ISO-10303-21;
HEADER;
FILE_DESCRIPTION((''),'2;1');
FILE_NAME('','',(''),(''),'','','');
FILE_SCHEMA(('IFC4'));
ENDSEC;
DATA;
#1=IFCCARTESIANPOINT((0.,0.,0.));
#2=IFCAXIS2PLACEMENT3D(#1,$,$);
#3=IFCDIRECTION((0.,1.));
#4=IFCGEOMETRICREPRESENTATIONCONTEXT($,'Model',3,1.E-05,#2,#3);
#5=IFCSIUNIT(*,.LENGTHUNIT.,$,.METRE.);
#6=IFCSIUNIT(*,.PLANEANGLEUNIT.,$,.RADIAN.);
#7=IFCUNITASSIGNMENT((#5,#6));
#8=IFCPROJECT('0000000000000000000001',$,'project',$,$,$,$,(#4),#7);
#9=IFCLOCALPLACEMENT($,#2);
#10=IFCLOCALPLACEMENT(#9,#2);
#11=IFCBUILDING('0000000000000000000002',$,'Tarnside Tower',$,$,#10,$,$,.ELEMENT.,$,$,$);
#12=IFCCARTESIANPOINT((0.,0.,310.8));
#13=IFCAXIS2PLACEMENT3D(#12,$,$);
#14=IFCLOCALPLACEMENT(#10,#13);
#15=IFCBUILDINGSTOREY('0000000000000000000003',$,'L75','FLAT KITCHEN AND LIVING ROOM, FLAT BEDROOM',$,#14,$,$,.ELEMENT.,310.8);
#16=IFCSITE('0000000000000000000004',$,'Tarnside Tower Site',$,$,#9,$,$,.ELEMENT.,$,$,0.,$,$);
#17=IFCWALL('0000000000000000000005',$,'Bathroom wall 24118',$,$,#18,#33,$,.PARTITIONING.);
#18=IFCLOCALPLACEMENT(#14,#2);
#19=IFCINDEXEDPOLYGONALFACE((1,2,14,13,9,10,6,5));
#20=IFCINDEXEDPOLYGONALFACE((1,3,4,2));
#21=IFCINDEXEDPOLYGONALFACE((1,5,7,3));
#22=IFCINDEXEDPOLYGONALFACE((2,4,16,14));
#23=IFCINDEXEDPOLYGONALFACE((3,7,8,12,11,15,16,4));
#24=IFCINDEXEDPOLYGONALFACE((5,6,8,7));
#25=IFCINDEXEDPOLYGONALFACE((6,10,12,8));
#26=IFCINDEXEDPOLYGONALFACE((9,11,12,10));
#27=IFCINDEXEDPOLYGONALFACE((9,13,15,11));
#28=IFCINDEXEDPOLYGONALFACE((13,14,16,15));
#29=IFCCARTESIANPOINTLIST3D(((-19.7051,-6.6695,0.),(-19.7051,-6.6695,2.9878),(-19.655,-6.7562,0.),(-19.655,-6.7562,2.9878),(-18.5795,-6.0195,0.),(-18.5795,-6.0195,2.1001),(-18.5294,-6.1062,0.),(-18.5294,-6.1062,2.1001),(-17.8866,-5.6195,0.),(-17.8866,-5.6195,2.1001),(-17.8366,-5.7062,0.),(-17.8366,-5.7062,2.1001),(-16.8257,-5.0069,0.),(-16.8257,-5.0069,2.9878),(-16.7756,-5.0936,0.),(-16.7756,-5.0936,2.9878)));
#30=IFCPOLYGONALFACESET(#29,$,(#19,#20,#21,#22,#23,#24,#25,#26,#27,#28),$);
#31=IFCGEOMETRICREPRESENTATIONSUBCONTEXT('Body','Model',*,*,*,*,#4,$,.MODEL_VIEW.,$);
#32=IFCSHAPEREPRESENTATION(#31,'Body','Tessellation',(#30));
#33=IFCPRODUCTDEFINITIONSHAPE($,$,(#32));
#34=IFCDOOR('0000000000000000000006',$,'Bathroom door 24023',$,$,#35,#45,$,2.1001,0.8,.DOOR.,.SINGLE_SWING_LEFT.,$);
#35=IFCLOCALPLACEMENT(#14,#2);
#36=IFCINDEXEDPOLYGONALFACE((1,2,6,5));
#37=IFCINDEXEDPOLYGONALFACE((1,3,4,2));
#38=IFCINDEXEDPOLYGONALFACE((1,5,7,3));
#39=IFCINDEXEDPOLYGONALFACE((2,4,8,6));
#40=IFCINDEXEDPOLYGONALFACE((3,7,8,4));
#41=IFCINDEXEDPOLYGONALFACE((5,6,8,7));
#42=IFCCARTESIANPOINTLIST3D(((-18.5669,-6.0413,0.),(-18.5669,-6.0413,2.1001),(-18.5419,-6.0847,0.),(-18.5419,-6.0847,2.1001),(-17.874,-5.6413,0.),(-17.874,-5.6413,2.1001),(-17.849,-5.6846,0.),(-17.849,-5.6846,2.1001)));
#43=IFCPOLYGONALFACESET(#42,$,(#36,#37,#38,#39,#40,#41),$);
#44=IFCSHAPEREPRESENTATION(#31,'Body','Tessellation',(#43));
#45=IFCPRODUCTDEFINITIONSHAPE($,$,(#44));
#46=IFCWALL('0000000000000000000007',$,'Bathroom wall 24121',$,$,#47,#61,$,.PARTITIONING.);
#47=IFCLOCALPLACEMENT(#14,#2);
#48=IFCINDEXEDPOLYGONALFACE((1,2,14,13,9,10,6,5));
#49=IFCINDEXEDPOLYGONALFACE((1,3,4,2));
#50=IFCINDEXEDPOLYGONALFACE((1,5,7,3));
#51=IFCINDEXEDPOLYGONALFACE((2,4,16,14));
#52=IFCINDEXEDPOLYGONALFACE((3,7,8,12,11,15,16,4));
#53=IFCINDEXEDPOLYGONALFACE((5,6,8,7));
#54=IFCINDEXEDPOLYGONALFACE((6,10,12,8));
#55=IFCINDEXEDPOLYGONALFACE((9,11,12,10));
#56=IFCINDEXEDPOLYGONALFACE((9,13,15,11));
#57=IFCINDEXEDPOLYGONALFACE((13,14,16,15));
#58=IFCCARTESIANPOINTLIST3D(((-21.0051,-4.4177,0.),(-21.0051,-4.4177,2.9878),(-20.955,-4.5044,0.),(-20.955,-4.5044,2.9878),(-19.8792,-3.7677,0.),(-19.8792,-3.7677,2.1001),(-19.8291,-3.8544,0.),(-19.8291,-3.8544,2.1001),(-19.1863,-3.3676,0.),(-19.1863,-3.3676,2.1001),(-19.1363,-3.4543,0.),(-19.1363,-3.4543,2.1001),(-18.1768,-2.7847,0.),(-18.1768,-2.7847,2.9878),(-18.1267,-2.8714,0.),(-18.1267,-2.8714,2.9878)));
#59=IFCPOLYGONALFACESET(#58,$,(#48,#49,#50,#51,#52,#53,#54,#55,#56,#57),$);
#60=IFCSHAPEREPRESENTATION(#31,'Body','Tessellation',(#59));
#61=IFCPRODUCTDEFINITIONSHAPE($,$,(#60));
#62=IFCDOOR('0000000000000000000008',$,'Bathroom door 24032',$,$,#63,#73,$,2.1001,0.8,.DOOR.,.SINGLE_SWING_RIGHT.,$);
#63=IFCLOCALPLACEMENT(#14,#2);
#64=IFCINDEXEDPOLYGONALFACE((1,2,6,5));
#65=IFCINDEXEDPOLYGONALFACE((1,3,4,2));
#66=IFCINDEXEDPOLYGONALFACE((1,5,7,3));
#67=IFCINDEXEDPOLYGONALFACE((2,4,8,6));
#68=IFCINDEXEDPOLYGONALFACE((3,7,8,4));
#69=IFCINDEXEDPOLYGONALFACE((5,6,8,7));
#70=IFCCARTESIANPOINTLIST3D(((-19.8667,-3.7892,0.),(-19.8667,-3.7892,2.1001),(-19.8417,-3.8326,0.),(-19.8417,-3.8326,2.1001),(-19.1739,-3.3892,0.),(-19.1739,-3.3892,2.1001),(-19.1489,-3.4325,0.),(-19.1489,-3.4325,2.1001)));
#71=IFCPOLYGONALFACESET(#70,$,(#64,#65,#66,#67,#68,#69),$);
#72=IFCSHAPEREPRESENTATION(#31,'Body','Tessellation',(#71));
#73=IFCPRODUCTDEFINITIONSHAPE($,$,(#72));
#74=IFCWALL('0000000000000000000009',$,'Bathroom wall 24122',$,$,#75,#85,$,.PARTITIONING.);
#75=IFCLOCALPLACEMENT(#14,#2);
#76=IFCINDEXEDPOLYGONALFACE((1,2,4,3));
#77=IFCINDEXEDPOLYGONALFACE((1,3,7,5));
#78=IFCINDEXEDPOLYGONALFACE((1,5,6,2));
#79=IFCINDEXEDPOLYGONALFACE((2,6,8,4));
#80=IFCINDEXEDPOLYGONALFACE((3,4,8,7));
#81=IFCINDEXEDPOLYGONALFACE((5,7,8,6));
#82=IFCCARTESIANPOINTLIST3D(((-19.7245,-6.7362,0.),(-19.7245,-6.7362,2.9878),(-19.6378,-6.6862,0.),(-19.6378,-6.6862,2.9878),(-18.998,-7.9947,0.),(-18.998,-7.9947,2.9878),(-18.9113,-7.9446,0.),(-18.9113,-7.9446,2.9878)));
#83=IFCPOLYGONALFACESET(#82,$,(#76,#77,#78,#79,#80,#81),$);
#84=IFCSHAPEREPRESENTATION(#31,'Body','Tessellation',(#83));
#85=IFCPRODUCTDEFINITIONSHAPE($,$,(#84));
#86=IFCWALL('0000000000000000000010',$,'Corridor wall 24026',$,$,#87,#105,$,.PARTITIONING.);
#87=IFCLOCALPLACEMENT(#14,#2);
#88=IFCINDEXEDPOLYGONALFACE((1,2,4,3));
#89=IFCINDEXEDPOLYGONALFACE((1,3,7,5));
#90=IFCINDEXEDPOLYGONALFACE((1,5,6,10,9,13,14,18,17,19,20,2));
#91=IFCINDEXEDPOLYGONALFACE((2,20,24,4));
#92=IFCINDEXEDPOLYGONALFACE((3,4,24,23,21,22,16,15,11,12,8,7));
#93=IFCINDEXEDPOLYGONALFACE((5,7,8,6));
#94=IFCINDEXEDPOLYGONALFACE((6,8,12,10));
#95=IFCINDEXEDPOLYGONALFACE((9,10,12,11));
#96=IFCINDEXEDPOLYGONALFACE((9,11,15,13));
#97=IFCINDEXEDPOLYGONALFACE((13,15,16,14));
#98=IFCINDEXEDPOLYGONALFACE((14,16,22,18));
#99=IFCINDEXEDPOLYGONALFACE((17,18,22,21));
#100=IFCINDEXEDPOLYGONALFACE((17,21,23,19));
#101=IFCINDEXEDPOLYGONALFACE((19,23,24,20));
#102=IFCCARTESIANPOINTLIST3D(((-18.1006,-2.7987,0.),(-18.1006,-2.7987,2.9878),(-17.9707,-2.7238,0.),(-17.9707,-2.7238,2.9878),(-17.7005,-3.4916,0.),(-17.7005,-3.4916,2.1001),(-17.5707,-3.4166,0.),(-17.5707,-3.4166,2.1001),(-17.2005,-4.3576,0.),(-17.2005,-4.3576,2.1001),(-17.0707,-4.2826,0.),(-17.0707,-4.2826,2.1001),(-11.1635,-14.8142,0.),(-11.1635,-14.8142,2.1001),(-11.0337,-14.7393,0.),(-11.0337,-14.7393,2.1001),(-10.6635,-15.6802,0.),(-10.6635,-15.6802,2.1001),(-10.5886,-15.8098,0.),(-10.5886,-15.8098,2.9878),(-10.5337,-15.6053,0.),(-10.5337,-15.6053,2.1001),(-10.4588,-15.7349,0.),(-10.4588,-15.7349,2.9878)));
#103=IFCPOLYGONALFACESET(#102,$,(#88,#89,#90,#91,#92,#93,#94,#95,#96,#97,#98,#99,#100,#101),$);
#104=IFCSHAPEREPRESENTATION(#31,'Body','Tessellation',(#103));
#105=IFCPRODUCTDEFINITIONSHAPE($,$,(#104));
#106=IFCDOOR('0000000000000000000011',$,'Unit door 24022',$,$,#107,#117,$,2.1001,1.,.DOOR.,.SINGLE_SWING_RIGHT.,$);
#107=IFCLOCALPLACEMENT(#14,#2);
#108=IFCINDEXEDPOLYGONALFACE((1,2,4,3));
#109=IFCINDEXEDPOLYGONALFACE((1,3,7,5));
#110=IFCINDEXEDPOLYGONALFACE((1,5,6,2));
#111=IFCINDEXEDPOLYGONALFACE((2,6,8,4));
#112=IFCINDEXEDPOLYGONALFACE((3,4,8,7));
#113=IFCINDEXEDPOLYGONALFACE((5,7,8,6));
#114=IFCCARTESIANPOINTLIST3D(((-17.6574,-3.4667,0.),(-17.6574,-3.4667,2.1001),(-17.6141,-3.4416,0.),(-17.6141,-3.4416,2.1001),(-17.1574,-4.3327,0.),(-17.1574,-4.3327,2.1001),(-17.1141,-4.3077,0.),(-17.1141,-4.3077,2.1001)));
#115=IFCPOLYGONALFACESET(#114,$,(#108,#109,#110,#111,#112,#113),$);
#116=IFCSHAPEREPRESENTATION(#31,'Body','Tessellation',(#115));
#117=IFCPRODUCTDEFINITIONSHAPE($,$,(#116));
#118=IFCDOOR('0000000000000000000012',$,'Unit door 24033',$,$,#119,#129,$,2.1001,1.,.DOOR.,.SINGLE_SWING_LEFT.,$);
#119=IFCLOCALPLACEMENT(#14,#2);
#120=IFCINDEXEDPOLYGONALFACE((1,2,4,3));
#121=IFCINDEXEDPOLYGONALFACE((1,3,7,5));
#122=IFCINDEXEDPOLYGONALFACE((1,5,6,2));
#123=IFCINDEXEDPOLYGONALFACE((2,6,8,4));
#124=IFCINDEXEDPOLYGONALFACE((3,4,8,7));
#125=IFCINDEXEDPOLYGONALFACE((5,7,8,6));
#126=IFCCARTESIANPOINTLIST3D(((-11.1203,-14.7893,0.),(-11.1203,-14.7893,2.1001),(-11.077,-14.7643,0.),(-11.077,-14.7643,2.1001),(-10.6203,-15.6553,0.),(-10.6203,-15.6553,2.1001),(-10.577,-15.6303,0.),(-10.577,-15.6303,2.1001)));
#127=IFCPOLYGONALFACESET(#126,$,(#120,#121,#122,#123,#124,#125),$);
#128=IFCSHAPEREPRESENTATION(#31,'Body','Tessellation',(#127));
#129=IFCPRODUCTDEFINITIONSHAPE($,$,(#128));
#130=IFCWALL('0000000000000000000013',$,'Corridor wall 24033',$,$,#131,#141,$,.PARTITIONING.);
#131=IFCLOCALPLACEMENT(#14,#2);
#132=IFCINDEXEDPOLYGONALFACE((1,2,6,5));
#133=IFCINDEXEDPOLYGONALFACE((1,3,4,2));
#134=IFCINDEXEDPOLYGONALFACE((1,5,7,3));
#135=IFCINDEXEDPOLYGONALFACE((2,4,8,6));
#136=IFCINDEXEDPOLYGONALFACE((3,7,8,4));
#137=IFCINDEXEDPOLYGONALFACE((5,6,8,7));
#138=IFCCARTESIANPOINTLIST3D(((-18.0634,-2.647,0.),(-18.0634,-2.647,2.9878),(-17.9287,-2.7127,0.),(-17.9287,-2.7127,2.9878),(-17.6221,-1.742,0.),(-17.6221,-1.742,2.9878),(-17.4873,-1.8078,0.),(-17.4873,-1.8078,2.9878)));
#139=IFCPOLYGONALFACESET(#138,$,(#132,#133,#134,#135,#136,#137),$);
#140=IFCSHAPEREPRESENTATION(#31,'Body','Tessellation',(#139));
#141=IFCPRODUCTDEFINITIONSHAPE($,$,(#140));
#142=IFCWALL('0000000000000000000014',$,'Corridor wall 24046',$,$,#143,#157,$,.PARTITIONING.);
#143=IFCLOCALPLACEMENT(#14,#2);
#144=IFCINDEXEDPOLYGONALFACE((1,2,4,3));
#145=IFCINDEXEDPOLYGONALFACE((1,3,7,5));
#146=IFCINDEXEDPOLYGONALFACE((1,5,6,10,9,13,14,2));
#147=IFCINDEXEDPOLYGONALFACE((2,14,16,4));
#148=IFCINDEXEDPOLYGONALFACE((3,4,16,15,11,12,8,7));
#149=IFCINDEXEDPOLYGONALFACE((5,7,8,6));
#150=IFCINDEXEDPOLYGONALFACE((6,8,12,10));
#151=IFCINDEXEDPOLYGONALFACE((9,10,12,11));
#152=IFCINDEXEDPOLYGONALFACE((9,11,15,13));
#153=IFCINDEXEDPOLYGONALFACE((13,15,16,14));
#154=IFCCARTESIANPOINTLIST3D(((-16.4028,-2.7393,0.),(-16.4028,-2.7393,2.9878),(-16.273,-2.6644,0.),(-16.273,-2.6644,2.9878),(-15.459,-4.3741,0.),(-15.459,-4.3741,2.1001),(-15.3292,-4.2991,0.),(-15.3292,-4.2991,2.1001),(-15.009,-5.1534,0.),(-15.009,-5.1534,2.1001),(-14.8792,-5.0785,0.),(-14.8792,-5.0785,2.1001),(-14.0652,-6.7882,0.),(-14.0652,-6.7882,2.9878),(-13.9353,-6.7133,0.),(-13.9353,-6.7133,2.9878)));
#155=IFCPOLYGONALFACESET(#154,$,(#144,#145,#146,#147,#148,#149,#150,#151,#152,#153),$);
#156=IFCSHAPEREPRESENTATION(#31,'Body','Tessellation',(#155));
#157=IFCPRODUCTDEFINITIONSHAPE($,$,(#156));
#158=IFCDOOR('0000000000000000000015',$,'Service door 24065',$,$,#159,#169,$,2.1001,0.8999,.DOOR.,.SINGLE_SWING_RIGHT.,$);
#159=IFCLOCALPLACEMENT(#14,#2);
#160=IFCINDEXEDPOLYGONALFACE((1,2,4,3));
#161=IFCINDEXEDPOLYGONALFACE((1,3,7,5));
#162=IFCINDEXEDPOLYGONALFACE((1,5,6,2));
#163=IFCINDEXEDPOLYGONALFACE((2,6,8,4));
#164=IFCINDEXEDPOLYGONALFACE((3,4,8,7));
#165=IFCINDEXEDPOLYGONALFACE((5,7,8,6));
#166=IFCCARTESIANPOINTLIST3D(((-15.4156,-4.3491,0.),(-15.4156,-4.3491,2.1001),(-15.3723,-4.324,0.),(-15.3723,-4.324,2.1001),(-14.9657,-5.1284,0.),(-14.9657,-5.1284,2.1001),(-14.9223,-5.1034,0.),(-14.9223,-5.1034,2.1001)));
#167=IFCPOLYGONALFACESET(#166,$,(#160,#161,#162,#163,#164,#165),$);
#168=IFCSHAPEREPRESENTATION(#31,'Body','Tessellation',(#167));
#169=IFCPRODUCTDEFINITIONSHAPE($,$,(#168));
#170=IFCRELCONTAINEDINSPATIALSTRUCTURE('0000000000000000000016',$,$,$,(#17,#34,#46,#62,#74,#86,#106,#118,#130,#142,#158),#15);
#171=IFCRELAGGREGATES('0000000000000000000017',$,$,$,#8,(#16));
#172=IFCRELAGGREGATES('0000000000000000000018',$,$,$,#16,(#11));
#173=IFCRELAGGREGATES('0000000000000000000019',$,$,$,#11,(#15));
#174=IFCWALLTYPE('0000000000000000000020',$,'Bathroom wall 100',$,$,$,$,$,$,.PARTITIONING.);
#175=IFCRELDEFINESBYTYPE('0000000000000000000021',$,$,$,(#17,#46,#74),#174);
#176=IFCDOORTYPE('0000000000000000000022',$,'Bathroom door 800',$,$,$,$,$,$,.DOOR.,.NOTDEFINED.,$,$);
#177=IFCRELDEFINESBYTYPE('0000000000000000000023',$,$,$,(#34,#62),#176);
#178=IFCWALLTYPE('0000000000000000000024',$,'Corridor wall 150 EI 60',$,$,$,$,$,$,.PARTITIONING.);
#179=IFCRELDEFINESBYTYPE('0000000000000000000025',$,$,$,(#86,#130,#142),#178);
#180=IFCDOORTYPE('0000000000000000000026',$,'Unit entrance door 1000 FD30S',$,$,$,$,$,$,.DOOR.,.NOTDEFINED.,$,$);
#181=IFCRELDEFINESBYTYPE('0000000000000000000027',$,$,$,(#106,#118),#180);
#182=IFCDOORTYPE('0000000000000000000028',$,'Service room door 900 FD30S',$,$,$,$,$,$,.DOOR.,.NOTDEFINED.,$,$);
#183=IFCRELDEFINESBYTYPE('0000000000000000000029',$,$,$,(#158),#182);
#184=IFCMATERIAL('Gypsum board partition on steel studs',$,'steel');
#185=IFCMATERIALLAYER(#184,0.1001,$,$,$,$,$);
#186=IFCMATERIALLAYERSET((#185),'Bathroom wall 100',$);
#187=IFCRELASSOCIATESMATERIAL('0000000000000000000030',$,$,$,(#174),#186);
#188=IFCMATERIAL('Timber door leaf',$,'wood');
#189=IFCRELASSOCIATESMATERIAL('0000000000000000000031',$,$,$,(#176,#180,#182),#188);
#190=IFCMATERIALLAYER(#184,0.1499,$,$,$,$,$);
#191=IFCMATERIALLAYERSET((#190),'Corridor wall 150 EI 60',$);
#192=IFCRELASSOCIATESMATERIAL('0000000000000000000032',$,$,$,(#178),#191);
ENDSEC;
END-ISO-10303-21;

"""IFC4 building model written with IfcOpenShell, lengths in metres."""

from ifc_helpers import new_model, si_unit, direction, frame, frame_2d, origin, place, context, subcontext, project, spatial, rectangle, extrude, material, layer, layer_set, type_object, element, fill, save


model = new_model("IFC4")

# Units and contexts
model_context = context("Model", 3, precision=1e-05, world=origin(), true_north=direction((0.0, 1.0)))
body_context = subcontext(model_context, "Body", "Model", "MODEL_VIEW")
ifc_project = project(units=[si_unit("LENGTHUNIT", "METRE"), si_unit("PLANEANGLEUNIT", "RADIAN")], contexts=[model_context])

# Site, building, storey
site_placement = place(None, origin())
site = spatial("IfcSite", under=ifc_project, at=site_placement, Name="Tarnside Tower Site", CompositionType="ELEMENT", RefElevation=0.0)
building_placement = place(site_placement, origin())
building = spatial("IfcBuilding", under=site, at=building_placement, Name="Tarnside Tower", CompositionType="ELEMENT")
storey_placement = place(building_placement, frame((0.0, 0.0, 310.8)))
storey = spatial("IfcBuildingStorey", under=building, at=storey_placement, Name="L75", Description="FLAT KITCHEN AND LIVING ROOM, FLAT BEDROOM", CompositionType="ELEMENT", Elevation=310.8)

# Walls, openings, doors
ifc_material_1 = material(Name="Gypsum board partition on steel studs", Category="steel")
ifc_layer_1 = layer(ifc_material_1, 0.1001)
ifc_layer_set_1 = layer_set([ifc_layer_1], Name="Bathroom wall 100")
wall_type_1 = type_object("IfcWallType", Name="Bathroom wall 100", PredefinedType="PARTITIONING", material=ifc_layer_set_1)
wall_1_placement = place(storey_placement, frame((-19.6802, -6.7129, 0.0), z_axis=(0.0, 0.0, 1.0), x_axis=(0.866002, 0.50004, 0.0)))
wall_1 = element("IfcWall", 1, at=wall_1_placement, inside=storey, type_object=wall_type_1, Name="Bathroom wall 24118", PredefinedType="PARTITIONING", context=body_context, shape_type="SweptSolid", body=[
    extrude(rectangle(XDim=3.325, YDim=0.1001, at=frame_2d((1.6626, 0.0))), origin(), (0.0, 0.0, 1.0), 2.9878),
])
opening_1_placement = place(wall_1_placement, frame((1.3, 0.0, 0.0)))
opening_1 = element("IfcOpeningElement", 2, at=opening_1_placement, cuts=wall_1, PredefinedType="OPENING", context=body_context, shape_type="SweptSolid", body=[
    extrude(rectangle(XDim=0.8, YDim=2.1001, at=frame_2d((0.3999, 1.05))), frame((0.0, 0.0601, 0.0), z_axis=(0.0, -1.0, 0.0), x_axis=(1.0, 0.0, 0.0)), (0.0, 0.0, 1.0), 0.1201),
])
ifc_material_2 = material(Name="Timber door leaf", Category="wood")
door_type_1 = type_object("IfcDoorType", Name="Bathroom door 800", OperationType="NOTDEFINED", PredefinedType="DOOR", material=ifc_material_2)
door_1_placement = place(opening_1_placement, origin())
door_1 = element("IfcDoor", 3, at=door_1_placement, inside=storey, type_object=door_type_1, Name="Bathroom door 24023", OperationType="SINGLE_SWING_LEFT", OverallHeight=2.1001, OverallWidth=0.8, PredefinedType="DOOR", context=body_context, shape_type="SweptSolid", body=[
    extrude(rectangle(XDim=0.8, YDim=2.1001, at=frame_2d((0.3999, 1.05))), frame((0.0, 0.0249, 0.0), z_axis=(0.0, -1.0, 0.0), x_axis=(1.0, 0.0, 0.0)), (0.0, 0.0, 1.0), 0.05),
])
fill(opening_1, door_1)
wall_2_placement = place(storey_placement, frame((-18.1519, -2.8281, 0.0), z_axis=(0.0, 0.0, 1.0), x_axis=(-0.866013, -0.500022, 0.0)))
wall_2 = element("IfcWall", 4, at=wall_2_placement, inside=storey, type_object=wall_type_1, Name="Bathroom wall 24121", PredefinedType="PARTITIONING", context=body_context, shape_type="SweptSolid", body=[
    extrude(rectangle(XDim=3.2659, YDim=0.1001, at=frame_2d((1.6328, 0.0))), origin(), (0.0, 0.0, 1.0), 2.9878),
])
opening_2_placement = place(wall_2_placement, frame((1.1658, 0.0, 0.0)))
opening_2 = element("IfcOpeningElement", 5, at=opening_2_placement, cuts=wall_2, PredefinedType="OPENING", context=body_context, shape_type="SweptSolid", body=[
    extrude(rectangle(XDim=0.8, YDim=2.1001, at=frame_2d((0.3999, 1.05))), frame((0.0, 0.0601, 0.0), z_axis=(0.0, -1.0, 0.0), x_axis=(1.0, 0.0, 0.0)), (0.0, 0.0, 1.0), 0.1201),
])
door_2_placement = place(opening_2_placement, origin())
door_2 = element("IfcDoor", 6, at=door_2_placement, inside=storey, type_object=door_type_1, Name="Bathroom door 24032", OperationType="SINGLE_SWING_RIGHT", OverallHeight=2.1001, OverallWidth=0.8, PredefinedType="DOOR", context=body_context, shape_type="SweptSolid", body=[
    extrude(rectangle(XDim=0.8, YDim=2.1001, at=frame_2d((0.3999, 1.05))), frame((0.0, 0.0249, 0.0), z_axis=(0.0, -1.0, 0.0), x_axis=(1.0, 0.0, 0.0)), (0.0, 0.0, 1.0), 0.05),
])
fill(opening_2, door_2)

# Wall
wall_3_placement = place(storey_placement, frame((-19.6812, -6.7112, 0.0), z_axis=(0.0, 0.0, 1.0), x_axis=(0.49997, -0.866043, 0.0)))
element("IfcWall", 7, at=wall_3_placement, inside=storey, type_object=wall_type_1, Name="Bathroom wall 24122", PredefinedType="PARTITIONING", context=body_context, shape_type="SweptSolid", body=[
    extrude(rectangle(XDim=1.4531, YDim=0.1001, at=frame_2d((0.7266, 0.0))), origin(), (0.0, 0.0, 1.0), 2.9878),
])

# Wall, openings, doors
ifc_layer_2 = layer(ifc_material_1, 0.1499)
ifc_layer_set_2 = layer_set([ifc_layer_2], Name="Corridor wall 150 EI 60")
wall_type_2 = type_object("IfcWallType", Name="Corridor wall 150 EI 60", PredefinedType="PARTITIONING", material=ifc_layer_set_2)
wall_4_placement = place(storey_placement, frame((-18.0356, -2.7612, 0.0), z_axis=(0.0, 0.0, 1.0), x_axis=(0.499996, -0.866028, 0.0)))
wall_4 = element("IfcWall", 8, at=wall_4_placement, inside=storey, type_object=wall_type_2, Name="Corridor wall 24026", PredefinedType="PARTITIONING", context=body_context, shape_type="SweptSolid", body=[
    extrude(rectangle(XDim=15.0239, YDim=0.1499, at=frame_2d((7.512, 0.0))), origin(), (0.0, 0.0, 1.0), 2.9878),
])
opening_3_placement = place(wall_4_placement, frame((0.8, 0.0, 0.0)))
opening_3 = element("IfcOpeningElement", 9, at=opening_3_placement, cuts=wall_4, PredefinedType="OPENING", context=body_context, shape_type="SweptSolid", body=[
    extrude(rectangle(XDim=1.0, YDim=2.1001, at=frame_2d((0.5, 1.05))), frame((0.0, 0.085, 0.0), z_axis=(0.0, -1.0, 0.0), x_axis=(1.0, 0.0, 0.0)), (0.0, 0.0, 1.0), 0.1699),
])
opening_4_placement = place(wall_4_placement, frame((13.8743, 0.0, 0.0)))
opening_4 = element("IfcOpeningElement", 10, at=opening_4_placement, cuts=wall_4, PredefinedType="OPENING", context=body_context, shape_type="SweptSolid", body=[
    extrude(rectangle(XDim=1.0, YDim=2.1001, at=frame_2d((0.5, 1.05))), frame((0.0, 0.085, 0.0), z_axis=(0.0, -1.0, 0.0), x_axis=(1.0, 0.0, 0.0)), (0.0, 0.0, 1.0), 0.1699),
])
door_type_2 = type_object("IfcDoorType", Name="Unit entrance door 1000 FD30S", OperationType="NOTDEFINED", PredefinedType="DOOR", material=ifc_material_2)
door_3_placement = place(opening_3_placement, origin())
door_3 = element("IfcDoor", 11, at=door_3_placement, inside=storey, type_object=door_type_2, Name="Unit door 24022", OperationType="SINGLE_SWING_RIGHT", OverallHeight=2.1001, OverallWidth=1.0, PredefinedType="DOOR", context=body_context, shape_type="SweptSolid", body=[
    extrude(rectangle(XDim=1.0, YDim=2.1001, at=frame_2d((0.5, 1.05))), frame((0.0, 0.0249, 0.0), z_axis=(0.0, -1.0, 0.0), x_axis=(1.0, 0.0, 0.0)), (0.0, 0.0, 1.0), 0.05),
])
fill(opening_3, door_3)
door_4_placement = place(opening_4_placement, origin())
door_4 = element("IfcDoor", 12, at=door_4_placement, inside=storey, type_object=door_type_2, Name="Unit door 24033", OperationType="SINGLE_SWING_LEFT", OverallHeight=2.1001, OverallWidth=1.0, PredefinedType="DOOR", context=body_context, shape_type="SweptSolid", body=[
    extrude(rectangle(XDim=1.0, YDim=2.1001, at=frame_2d((0.5, 1.05))), frame((0.0, 0.0249, 0.0), z_axis=(0.0, -1.0, 0.0), x_axis=(1.0, 0.0, 0.0)), (0.0, 0.0, 1.0), 0.05),
])
fill(opening_4, door_4)

# Wall
wall_5_placement = place(storey_placement, frame((-17.5547, -1.7749, 0.0), z_axis=(0.0, 0.0, 1.0), x_axis=(-0.438366, -0.898796, 0.0)))
element("IfcWall", 13, at=wall_5_placement, inside=storey, type_object=wall_type_2, Name="Corridor wall 24033", PredefinedType="PARTITIONING", context=body_context, shape_type="SweptSolid", body=[
    extrude(rectangle(XDim=1.0068, YDim=0.1499, at=frame_2d((0.5034, 0.0))), origin(), (0.0, 0.0, 1.0), 2.9878),
])

# Wall, opening, door
wall_6_placement = place(storey_placement, frame((-14.0002, -6.7507, 0.0), z_axis=(0.0, 0.0, 1.0), x_axis=(-0.500009, 0.86602, 0.0)))
wall_6 = element("IfcWall", 14, at=wall_6_placement, inside=storey, type_object=wall_type_2, Name="Corridor wall 24046", PredefinedType="PARTITIONING", context=body_context, shape_type="SweptSolid", body=[
    extrude(rectangle(XDim=4.6753, YDim=0.1499, at=frame_2d((2.3376, 0.0))), origin(), (0.0, 0.0, 1.0), 2.9878),
])
opening_5_placement = place(wall_6_placement, frame((1.8877, 0.0, 0.0)))
opening_5 = element("IfcOpeningElement", 15, at=opening_5_placement, cuts=wall_6, PredefinedType="OPENING", context=body_context, shape_type="SweptSolid", body=[
    extrude(rectangle(XDim=0.8999, YDim=2.1001, at=frame_2d((0.45, 1.05))), frame((0.0, 0.085, 0.0), z_axis=(0.0, -1.0, 0.0), x_axis=(1.0, 0.0, 0.0)), (0.0, 0.0, 1.0), 0.1699),
])
door_type_3 = type_object("IfcDoorType", Name="Service room door 900 FD30S", OperationType="NOTDEFINED", PredefinedType="DOOR", material=ifc_material_2)
door_5_placement = place(opening_5_placement, origin())
door_5 = element("IfcDoor", 16, at=door_5_placement, inside=storey, type_object=door_type_3, Name="Service door 24065", OperationType="SINGLE_SWING_RIGHT", OverallHeight=2.1001, OverallWidth=0.8999, PredefinedType="DOOR", context=body_context, shape_type="SweptSolid", body=[
    extrude(rectangle(XDim=0.8999, YDim=2.1001, at=frame_2d((0.45, 1.05))), frame((0.0, 0.0249, 0.0), z_axis=(0.0, -1.0, 0.0), x_axis=(1.0, 0.0, 0.0)), (0.0, 0.0, 1.0), 0.05),
])
fill(opening_5, door_5)

save(model, "model.ifc")
